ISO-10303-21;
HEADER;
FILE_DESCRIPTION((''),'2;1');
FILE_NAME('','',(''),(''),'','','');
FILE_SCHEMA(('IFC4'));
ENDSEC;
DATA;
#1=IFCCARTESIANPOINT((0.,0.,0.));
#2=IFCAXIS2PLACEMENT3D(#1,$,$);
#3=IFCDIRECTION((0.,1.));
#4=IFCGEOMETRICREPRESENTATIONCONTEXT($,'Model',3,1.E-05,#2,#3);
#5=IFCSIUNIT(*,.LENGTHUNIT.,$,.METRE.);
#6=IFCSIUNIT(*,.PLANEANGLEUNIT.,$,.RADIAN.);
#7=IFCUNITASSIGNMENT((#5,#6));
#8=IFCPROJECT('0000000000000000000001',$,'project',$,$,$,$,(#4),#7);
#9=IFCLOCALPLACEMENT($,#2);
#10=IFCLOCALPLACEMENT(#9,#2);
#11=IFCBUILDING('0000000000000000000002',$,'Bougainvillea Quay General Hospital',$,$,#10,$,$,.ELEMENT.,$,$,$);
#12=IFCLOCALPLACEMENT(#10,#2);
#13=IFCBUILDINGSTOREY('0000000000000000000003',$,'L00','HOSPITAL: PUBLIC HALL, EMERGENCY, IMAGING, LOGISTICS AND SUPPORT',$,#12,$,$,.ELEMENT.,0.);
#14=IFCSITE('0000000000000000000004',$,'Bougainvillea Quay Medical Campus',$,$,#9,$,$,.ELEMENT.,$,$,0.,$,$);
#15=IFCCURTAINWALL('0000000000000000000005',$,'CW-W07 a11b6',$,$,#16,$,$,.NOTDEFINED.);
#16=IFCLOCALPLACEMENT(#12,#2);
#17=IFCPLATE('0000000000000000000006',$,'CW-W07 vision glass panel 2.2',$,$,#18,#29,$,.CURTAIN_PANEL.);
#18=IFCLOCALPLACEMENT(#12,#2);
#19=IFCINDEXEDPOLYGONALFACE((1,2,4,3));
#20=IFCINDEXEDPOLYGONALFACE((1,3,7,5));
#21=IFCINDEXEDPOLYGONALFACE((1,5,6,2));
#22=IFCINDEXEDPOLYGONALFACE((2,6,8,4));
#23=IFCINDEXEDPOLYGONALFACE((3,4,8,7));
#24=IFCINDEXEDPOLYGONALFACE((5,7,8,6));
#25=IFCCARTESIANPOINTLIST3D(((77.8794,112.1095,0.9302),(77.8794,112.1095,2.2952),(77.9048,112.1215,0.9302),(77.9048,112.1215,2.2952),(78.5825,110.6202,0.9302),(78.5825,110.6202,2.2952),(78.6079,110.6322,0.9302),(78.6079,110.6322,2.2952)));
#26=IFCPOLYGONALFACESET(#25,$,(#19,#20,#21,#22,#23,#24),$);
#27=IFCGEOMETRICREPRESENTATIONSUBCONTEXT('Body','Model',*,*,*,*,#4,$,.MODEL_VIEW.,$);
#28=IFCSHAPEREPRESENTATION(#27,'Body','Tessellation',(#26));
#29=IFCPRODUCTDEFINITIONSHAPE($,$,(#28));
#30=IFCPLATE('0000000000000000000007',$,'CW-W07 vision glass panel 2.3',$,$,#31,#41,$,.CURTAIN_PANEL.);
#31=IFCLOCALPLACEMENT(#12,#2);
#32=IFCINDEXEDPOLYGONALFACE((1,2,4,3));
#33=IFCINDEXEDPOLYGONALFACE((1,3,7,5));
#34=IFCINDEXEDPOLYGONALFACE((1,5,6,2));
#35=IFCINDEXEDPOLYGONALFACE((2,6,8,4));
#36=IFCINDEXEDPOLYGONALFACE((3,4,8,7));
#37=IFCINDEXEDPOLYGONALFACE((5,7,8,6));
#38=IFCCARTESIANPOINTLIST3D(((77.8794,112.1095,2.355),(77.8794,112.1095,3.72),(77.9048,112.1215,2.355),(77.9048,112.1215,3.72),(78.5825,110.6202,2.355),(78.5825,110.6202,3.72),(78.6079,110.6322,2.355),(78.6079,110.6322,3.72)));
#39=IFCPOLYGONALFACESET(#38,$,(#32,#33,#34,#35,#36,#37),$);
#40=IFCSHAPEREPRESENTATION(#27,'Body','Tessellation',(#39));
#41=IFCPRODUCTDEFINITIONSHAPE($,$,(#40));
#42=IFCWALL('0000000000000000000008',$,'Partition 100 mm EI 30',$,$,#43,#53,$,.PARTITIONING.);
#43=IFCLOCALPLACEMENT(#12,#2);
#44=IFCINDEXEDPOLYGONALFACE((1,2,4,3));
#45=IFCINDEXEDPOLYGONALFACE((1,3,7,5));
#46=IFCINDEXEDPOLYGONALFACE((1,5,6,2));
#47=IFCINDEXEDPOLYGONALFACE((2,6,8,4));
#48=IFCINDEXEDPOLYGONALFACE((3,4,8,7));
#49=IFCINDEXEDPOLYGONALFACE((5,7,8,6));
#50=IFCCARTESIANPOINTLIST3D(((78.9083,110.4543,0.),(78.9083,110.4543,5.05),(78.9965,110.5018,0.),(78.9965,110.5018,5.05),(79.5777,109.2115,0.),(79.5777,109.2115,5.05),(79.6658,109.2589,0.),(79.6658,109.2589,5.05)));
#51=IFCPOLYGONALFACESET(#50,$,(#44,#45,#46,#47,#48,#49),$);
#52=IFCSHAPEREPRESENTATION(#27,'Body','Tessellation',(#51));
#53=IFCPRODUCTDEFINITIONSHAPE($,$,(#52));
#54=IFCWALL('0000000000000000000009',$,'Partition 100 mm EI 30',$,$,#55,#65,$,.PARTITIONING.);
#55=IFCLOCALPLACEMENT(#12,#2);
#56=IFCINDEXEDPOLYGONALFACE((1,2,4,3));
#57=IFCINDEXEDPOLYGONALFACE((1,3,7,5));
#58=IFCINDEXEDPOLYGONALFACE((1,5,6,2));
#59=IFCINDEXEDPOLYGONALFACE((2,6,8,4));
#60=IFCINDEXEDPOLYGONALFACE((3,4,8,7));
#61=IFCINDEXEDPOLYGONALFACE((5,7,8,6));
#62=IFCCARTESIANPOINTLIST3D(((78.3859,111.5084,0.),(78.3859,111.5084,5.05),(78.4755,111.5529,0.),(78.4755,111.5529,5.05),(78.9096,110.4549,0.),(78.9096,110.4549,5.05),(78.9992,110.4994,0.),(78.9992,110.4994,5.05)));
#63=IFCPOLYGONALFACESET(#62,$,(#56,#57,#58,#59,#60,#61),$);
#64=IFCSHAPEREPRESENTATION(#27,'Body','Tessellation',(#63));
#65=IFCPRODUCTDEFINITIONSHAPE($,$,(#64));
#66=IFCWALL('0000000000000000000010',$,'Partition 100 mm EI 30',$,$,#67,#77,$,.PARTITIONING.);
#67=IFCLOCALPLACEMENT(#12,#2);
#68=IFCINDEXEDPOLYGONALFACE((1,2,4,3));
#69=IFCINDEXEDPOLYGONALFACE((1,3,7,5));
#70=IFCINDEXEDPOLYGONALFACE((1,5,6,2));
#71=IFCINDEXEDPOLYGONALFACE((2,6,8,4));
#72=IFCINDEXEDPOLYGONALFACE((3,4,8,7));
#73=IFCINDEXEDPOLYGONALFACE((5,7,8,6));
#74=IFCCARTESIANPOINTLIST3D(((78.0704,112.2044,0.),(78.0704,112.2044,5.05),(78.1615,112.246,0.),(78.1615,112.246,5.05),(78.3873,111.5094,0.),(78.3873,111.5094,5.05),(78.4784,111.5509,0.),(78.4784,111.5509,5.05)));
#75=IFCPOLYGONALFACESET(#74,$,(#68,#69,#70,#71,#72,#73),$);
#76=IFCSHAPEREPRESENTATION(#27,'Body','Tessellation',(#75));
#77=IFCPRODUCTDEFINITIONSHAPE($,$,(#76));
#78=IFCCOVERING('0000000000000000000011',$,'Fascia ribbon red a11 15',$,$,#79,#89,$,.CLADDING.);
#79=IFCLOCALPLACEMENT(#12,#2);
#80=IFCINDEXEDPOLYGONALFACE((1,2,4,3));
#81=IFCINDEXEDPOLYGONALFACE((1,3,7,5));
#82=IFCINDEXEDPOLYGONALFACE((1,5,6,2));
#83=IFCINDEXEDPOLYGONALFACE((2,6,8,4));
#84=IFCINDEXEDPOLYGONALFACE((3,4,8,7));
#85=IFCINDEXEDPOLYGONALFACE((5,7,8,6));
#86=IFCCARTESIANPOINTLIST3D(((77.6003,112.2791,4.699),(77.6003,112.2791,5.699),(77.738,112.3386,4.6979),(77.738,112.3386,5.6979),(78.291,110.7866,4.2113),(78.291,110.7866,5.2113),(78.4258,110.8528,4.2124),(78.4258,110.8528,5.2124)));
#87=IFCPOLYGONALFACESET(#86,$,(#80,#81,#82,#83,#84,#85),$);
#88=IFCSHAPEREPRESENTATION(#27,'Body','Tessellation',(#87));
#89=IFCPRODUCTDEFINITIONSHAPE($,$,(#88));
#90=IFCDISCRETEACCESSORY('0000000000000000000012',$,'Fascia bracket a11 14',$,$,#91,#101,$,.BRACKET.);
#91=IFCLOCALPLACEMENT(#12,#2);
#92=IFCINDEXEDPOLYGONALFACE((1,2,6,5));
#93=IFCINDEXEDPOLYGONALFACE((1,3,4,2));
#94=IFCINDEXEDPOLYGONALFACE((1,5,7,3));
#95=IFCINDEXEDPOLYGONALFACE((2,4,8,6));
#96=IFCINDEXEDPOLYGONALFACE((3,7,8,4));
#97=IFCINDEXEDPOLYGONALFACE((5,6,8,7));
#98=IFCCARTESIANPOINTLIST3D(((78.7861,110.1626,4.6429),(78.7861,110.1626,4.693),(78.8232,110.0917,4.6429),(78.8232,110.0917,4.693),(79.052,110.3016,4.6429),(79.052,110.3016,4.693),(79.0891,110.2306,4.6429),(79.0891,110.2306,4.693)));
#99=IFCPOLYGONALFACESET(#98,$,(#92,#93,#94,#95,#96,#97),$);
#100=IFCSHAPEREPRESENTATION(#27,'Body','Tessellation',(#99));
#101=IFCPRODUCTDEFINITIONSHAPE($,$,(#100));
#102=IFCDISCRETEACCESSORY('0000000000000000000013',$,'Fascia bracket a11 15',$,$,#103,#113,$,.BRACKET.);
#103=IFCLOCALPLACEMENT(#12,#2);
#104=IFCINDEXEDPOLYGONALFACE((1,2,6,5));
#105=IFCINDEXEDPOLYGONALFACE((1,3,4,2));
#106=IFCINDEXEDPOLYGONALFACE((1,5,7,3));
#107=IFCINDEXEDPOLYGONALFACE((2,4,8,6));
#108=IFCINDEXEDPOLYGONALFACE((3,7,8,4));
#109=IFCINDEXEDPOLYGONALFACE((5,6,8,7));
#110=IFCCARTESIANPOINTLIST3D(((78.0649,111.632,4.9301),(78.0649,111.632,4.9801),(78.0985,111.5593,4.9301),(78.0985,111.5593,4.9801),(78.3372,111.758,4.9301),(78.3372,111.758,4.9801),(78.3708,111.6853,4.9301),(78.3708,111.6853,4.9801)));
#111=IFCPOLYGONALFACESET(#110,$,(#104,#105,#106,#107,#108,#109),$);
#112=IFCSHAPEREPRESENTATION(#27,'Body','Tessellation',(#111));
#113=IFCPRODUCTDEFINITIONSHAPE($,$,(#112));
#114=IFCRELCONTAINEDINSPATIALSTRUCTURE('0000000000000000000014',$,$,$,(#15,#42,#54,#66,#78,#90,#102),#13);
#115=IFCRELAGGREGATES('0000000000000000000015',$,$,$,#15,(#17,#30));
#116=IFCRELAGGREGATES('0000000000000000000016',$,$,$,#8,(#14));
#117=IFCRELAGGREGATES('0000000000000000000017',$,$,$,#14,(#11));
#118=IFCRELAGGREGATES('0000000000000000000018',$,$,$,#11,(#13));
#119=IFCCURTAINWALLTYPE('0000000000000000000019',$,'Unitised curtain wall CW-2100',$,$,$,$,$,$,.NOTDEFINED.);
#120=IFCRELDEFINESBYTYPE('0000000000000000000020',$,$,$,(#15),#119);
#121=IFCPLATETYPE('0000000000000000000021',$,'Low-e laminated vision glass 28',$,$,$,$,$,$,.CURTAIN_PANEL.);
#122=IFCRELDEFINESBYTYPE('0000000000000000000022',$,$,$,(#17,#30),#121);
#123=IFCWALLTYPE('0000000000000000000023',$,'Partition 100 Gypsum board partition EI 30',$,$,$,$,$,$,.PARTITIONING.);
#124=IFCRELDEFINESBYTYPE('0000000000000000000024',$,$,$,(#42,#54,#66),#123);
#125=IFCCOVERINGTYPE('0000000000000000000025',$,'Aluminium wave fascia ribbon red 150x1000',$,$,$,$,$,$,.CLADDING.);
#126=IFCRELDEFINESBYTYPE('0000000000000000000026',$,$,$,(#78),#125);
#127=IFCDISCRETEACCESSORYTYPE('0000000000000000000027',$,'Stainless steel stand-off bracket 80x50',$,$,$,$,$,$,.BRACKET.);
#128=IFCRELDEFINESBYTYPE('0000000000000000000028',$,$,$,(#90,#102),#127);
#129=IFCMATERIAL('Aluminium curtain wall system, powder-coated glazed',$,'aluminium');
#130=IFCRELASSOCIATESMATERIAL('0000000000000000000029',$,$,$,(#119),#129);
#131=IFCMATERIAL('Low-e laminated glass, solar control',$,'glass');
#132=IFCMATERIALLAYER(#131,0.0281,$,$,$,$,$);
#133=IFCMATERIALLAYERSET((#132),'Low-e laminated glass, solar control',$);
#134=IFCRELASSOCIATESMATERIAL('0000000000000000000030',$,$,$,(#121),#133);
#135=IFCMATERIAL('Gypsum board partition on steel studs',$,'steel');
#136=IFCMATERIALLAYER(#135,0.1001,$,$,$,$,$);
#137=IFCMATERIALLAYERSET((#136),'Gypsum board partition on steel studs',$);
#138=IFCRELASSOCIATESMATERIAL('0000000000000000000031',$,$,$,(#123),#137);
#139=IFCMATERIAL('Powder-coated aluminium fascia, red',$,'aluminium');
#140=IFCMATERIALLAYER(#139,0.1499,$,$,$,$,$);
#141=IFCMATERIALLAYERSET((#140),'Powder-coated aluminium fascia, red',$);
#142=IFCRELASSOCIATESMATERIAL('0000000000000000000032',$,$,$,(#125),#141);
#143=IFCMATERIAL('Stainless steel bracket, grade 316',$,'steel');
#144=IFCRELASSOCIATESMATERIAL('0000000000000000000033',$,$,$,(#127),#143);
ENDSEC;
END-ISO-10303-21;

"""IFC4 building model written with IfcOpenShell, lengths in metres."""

from ifc_helpers import new_model, si_unit, direction, frame, frame_2d, origin, origin_2d, place, context, subcontext, project, spatial, polyline, rectangle, outline, extrude, material, layer, layer_set, material_profile, profile_set, type_object, element, aggregate, save


model = new_model("IFC4")

# Units and contexts
model_context = context("Model", 3, precision=1e-05, world=origin(), true_north=direction((0.0, 1.0)))
body_context = subcontext(model_context, "Body", "Model", "MODEL_VIEW")
ifc_project = project(units=[si_unit("LENGTHUNIT", "METRE"), si_unit("PLANEANGLEUNIT", "RADIAN")], contexts=[model_context])

# Site, building, storey
site_placement = place(None, origin())
site = spatial("IfcSite", under=ifc_project, at=site_placement, Name="Bougainvillea Quay Medical Campus", CompositionType="ELEMENT", RefElevation=0.0)
building_placement = place(site_placement, origin())
building = spatial("IfcBuilding", under=site, at=building_placement, Name="Bougainvillea Quay General Hospital", CompositionType="ELEMENT")
storey_placement = place(building_placement, origin())
storey = spatial("IfcBuildingStorey", under=building, at=storey_placement, Name="L00", Description="HOSPITAL: PUBLIC HALL, EMERGENCY, IMAGING, LOGISTICS AND SUPPORT", CompositionType="ELEMENT", Elevation=0.0)

# Curtain wall
ifc_material_1 = material(Name="Aluminium curtain wall system, powder-coated glazed", Category="aluminium")
curtain_wall_type = type_object("IfcCurtainWallType", Name="Unitised curtain wall CW-2100", PredefinedType="NOTDEFINED", material=ifc_material_1)
curtain_wall_1_placement = place(storey_placement, origin())
curtain_wall_1 = element("IfcCurtainWall", 1, at=curtain_wall_1_placement, inside=storey, type_object=curtain_wall_type, Name="CW-W07 a11b6", PredefinedType="NOTDEFINED")

# Plates
ifc_material_2 = material(Name="Low-e laminated glass, solar control", Category="glass")
ifc_layer_1 = layer(ifc_material_2, 0.0281)
ifc_layer_set_1 = layer_set([ifc_layer_1], Name="Low-e laminated glass, solar control")
plate_type_1 = type_object("IfcPlateType", Name="Low-e laminated vision glass 28", PredefinedType="CURTAIN_PANEL", material=ifc_layer_set_1)
plate_1_placement = place(storey_placement, frame((78.2437, 111.3708, 0.9302), z_axis=(0.0, 0.0, 1.0), x_axis=(-0.426869, 0.904314, 0.0)))
plate_1 = element("IfcPlate", 2, at=plate_1_placement, type_object=plate_type_1, Name="CW-W07 vision glass panel 2.2", PredefinedType="CURTAIN_PANEL", context=body_context, shape_type="SweptSolid", body=[
    extrude(rectangle(XDim=1.647, YDim=0.0281, at=origin_2d()), origin(), (0.0, 0.0, 1.0), 1.365),
])
plate_2_placement = place(storey_placement, frame((78.2437, 111.3708, 2.355), z_axis=(0.0, 0.0, 1.0), x_axis=(-0.426869, 0.904314, 0.0)))
plate_2 = element("IfcPlate", 3, at=plate_2_placement, type_object=plate_type_1, Name="CW-W07 vision glass panel 2.3", PredefinedType="CURTAIN_PANEL", context=body_context, shape_type="SweptSolid", body=[
    extrude(rectangle(XDim=1.647, YDim=0.0281, at=origin_2d()), origin(), (0.0, 0.0, 1.0), 1.365),
])
aggregate(curtain_wall_1, [plate_1, plate_2])

# Walls
ifc_material_3 = material(Name="Gypsum board partition on steel studs", Category="steel")
ifc_layer_2 = layer(ifc_material_3, 0.1001)
ifc_layer_set_2 = layer_set([ifc_layer_2], Name="Gypsum board partition on steel studs")
wall_type = type_object("IfcWallType", Name="Partition 100 Gypsum board partition EI 30", PredefinedType="PARTITIONING", material=ifc_layer_set_2)
wall_1_placement = place(storey_placement, frame((78.9524, 110.478, 0.0), z_axis=(0.0, 0.0, 1.0), x_axis=(0.474193, -0.880421, 0.0)))
element("IfcWall", 4, at=wall_1_placement, inside=storey, type_object=wall_type, Name="Partition 100 mm EI 30", PredefinedType="PARTITIONING", context=body_context, shape_type="SweptSolid", body=[
    extrude(rectangle(XDim=1.4116, YDim=0.1001, at=frame_2d((0.7058, 0.0))), origin(), (0.0, 0.0, 1.0), 5.05),
])
wall_2_placement = place(storey_placement, frame((78.4307, 111.5308, 0.0), z_axis=(0.0, 0.0, 1.0), x_axis=(0.445137, -0.895462, 0.0)))
element("IfcWall", 5, at=wall_2_placement, inside=storey, type_object=wall_type, Name="Partition 100 mm EI 30", PredefinedType="PARTITIONING", context=body_context, shape_type="SweptSolid", body=[
    extrude(rectangle(XDim=1.1765, YDim=0.1001, at=frame_2d((0.5884, 0.0))), origin(), (0.0, 0.0, 1.0), 5.05),
])
wall_3_placement = place(storey_placement, frame((78.116, 112.2251, 0.0), z_axis=(0.0, 0.0, 1.0), x_axis=(0.414838, -0.909895, 0.0)))
element("IfcWall", 6, at=wall_3_placement, inside=storey, type_object=wall_type, Name="Partition 100 mm EI 30", PredefinedType="PARTITIONING", context=body_context, shape_type="SweptSolid", body=[
    extrude(rectangle(XDim=0.7639, YDim=0.1001, at=frame_2d((0.3818, 0.0))), origin(), (0.0, 0.0, 1.0), 5.05),
])

# Covering
ifc_material_4 = material(Name="Powder-coated aluminium fascia, red", Category="aluminium")
ifc_layer_3 = layer(ifc_material_4, 0.1499)
ifc_layer_set_3 = layer_set([ifc_layer_3], Name="Powder-coated aluminium fascia, red")
covering_type = type_object("IfcCoveringType", Name="Aluminium wave fascia ribbon red 150x1000", PredefinedType="CLADDING", material=ifc_layer_set_3)
covering_placement = place(storey_placement, frame((78.4258, 110.8528, 4.2124), z_axis=(0.119121, -0.258134, 0.958737), x_axis=(-0.402718, 0.870055, 0.284293)))
element("IfcCovering", 7, at=covering_placement, inside=storey, type_object=covering_type, Name="Fascia ribbon red a11 15", PredefinedType="CLADDING", context=body_context, shape_type="SweptSolid", body=[
    extrude(outline(polyline([(0.0, 0.0), (1.7078, 0.0), (1.7117, 0.15), (-0.0036, 0.1501), (0.0, 0.0)])), origin(), (0.284293, -0.000314, 0.958737), 1.0),
])

# Discrete accessories
ifc_material_5 = material(Name="Stainless steel bracket, grade 316", Category="steel")
ifc_material_profile_1 = material_profile(ifc_material_5, rectangle(XDim=0.0801, YDim=0.05, at=origin_2d()))
ifc_profile_set_1 = profile_set([ifc_material_profile_1], Name="Stainless steel bracket, grade 316")
discrete_accessory_type = type_object("IfcDiscreteAccessoryType", Name="Stainless steel stand-off bracket 80x50", PredefinedType="BRACKET", material=ifc_profile_set_1)
for number, where, z_axis, x_axis, name in (
    (8, (79.0706, 110.2661, 4.668), (-0.886309, -0.463094, 0.0), (0.463094, -0.886309, 0.0), "Fascia bracket a11 14"),
    (9, (78.354, 111.7217, 4.9551), (-0.90753, -0.419987, 0.0), (0.419987, -0.90753, 0.0), "Fascia bracket a11 15"),
):
    element("IfcDiscreteAccessory", number, at=place(storey_placement, frame(where, z_axis=z_axis, x_axis=x_axis)), inside=storey, type_object=discrete_accessory_type, Name=name, PredefinedType="BRACKET", context=body_context, shape_type="SweptSolid", body=[
        extrude(rectangle(XDim=0.0801, YDim=0.05, at=origin_2d()), origin(), (0.0, 0.0, 1.0), 0.3),
    ])

save(model, "model.ifc")
